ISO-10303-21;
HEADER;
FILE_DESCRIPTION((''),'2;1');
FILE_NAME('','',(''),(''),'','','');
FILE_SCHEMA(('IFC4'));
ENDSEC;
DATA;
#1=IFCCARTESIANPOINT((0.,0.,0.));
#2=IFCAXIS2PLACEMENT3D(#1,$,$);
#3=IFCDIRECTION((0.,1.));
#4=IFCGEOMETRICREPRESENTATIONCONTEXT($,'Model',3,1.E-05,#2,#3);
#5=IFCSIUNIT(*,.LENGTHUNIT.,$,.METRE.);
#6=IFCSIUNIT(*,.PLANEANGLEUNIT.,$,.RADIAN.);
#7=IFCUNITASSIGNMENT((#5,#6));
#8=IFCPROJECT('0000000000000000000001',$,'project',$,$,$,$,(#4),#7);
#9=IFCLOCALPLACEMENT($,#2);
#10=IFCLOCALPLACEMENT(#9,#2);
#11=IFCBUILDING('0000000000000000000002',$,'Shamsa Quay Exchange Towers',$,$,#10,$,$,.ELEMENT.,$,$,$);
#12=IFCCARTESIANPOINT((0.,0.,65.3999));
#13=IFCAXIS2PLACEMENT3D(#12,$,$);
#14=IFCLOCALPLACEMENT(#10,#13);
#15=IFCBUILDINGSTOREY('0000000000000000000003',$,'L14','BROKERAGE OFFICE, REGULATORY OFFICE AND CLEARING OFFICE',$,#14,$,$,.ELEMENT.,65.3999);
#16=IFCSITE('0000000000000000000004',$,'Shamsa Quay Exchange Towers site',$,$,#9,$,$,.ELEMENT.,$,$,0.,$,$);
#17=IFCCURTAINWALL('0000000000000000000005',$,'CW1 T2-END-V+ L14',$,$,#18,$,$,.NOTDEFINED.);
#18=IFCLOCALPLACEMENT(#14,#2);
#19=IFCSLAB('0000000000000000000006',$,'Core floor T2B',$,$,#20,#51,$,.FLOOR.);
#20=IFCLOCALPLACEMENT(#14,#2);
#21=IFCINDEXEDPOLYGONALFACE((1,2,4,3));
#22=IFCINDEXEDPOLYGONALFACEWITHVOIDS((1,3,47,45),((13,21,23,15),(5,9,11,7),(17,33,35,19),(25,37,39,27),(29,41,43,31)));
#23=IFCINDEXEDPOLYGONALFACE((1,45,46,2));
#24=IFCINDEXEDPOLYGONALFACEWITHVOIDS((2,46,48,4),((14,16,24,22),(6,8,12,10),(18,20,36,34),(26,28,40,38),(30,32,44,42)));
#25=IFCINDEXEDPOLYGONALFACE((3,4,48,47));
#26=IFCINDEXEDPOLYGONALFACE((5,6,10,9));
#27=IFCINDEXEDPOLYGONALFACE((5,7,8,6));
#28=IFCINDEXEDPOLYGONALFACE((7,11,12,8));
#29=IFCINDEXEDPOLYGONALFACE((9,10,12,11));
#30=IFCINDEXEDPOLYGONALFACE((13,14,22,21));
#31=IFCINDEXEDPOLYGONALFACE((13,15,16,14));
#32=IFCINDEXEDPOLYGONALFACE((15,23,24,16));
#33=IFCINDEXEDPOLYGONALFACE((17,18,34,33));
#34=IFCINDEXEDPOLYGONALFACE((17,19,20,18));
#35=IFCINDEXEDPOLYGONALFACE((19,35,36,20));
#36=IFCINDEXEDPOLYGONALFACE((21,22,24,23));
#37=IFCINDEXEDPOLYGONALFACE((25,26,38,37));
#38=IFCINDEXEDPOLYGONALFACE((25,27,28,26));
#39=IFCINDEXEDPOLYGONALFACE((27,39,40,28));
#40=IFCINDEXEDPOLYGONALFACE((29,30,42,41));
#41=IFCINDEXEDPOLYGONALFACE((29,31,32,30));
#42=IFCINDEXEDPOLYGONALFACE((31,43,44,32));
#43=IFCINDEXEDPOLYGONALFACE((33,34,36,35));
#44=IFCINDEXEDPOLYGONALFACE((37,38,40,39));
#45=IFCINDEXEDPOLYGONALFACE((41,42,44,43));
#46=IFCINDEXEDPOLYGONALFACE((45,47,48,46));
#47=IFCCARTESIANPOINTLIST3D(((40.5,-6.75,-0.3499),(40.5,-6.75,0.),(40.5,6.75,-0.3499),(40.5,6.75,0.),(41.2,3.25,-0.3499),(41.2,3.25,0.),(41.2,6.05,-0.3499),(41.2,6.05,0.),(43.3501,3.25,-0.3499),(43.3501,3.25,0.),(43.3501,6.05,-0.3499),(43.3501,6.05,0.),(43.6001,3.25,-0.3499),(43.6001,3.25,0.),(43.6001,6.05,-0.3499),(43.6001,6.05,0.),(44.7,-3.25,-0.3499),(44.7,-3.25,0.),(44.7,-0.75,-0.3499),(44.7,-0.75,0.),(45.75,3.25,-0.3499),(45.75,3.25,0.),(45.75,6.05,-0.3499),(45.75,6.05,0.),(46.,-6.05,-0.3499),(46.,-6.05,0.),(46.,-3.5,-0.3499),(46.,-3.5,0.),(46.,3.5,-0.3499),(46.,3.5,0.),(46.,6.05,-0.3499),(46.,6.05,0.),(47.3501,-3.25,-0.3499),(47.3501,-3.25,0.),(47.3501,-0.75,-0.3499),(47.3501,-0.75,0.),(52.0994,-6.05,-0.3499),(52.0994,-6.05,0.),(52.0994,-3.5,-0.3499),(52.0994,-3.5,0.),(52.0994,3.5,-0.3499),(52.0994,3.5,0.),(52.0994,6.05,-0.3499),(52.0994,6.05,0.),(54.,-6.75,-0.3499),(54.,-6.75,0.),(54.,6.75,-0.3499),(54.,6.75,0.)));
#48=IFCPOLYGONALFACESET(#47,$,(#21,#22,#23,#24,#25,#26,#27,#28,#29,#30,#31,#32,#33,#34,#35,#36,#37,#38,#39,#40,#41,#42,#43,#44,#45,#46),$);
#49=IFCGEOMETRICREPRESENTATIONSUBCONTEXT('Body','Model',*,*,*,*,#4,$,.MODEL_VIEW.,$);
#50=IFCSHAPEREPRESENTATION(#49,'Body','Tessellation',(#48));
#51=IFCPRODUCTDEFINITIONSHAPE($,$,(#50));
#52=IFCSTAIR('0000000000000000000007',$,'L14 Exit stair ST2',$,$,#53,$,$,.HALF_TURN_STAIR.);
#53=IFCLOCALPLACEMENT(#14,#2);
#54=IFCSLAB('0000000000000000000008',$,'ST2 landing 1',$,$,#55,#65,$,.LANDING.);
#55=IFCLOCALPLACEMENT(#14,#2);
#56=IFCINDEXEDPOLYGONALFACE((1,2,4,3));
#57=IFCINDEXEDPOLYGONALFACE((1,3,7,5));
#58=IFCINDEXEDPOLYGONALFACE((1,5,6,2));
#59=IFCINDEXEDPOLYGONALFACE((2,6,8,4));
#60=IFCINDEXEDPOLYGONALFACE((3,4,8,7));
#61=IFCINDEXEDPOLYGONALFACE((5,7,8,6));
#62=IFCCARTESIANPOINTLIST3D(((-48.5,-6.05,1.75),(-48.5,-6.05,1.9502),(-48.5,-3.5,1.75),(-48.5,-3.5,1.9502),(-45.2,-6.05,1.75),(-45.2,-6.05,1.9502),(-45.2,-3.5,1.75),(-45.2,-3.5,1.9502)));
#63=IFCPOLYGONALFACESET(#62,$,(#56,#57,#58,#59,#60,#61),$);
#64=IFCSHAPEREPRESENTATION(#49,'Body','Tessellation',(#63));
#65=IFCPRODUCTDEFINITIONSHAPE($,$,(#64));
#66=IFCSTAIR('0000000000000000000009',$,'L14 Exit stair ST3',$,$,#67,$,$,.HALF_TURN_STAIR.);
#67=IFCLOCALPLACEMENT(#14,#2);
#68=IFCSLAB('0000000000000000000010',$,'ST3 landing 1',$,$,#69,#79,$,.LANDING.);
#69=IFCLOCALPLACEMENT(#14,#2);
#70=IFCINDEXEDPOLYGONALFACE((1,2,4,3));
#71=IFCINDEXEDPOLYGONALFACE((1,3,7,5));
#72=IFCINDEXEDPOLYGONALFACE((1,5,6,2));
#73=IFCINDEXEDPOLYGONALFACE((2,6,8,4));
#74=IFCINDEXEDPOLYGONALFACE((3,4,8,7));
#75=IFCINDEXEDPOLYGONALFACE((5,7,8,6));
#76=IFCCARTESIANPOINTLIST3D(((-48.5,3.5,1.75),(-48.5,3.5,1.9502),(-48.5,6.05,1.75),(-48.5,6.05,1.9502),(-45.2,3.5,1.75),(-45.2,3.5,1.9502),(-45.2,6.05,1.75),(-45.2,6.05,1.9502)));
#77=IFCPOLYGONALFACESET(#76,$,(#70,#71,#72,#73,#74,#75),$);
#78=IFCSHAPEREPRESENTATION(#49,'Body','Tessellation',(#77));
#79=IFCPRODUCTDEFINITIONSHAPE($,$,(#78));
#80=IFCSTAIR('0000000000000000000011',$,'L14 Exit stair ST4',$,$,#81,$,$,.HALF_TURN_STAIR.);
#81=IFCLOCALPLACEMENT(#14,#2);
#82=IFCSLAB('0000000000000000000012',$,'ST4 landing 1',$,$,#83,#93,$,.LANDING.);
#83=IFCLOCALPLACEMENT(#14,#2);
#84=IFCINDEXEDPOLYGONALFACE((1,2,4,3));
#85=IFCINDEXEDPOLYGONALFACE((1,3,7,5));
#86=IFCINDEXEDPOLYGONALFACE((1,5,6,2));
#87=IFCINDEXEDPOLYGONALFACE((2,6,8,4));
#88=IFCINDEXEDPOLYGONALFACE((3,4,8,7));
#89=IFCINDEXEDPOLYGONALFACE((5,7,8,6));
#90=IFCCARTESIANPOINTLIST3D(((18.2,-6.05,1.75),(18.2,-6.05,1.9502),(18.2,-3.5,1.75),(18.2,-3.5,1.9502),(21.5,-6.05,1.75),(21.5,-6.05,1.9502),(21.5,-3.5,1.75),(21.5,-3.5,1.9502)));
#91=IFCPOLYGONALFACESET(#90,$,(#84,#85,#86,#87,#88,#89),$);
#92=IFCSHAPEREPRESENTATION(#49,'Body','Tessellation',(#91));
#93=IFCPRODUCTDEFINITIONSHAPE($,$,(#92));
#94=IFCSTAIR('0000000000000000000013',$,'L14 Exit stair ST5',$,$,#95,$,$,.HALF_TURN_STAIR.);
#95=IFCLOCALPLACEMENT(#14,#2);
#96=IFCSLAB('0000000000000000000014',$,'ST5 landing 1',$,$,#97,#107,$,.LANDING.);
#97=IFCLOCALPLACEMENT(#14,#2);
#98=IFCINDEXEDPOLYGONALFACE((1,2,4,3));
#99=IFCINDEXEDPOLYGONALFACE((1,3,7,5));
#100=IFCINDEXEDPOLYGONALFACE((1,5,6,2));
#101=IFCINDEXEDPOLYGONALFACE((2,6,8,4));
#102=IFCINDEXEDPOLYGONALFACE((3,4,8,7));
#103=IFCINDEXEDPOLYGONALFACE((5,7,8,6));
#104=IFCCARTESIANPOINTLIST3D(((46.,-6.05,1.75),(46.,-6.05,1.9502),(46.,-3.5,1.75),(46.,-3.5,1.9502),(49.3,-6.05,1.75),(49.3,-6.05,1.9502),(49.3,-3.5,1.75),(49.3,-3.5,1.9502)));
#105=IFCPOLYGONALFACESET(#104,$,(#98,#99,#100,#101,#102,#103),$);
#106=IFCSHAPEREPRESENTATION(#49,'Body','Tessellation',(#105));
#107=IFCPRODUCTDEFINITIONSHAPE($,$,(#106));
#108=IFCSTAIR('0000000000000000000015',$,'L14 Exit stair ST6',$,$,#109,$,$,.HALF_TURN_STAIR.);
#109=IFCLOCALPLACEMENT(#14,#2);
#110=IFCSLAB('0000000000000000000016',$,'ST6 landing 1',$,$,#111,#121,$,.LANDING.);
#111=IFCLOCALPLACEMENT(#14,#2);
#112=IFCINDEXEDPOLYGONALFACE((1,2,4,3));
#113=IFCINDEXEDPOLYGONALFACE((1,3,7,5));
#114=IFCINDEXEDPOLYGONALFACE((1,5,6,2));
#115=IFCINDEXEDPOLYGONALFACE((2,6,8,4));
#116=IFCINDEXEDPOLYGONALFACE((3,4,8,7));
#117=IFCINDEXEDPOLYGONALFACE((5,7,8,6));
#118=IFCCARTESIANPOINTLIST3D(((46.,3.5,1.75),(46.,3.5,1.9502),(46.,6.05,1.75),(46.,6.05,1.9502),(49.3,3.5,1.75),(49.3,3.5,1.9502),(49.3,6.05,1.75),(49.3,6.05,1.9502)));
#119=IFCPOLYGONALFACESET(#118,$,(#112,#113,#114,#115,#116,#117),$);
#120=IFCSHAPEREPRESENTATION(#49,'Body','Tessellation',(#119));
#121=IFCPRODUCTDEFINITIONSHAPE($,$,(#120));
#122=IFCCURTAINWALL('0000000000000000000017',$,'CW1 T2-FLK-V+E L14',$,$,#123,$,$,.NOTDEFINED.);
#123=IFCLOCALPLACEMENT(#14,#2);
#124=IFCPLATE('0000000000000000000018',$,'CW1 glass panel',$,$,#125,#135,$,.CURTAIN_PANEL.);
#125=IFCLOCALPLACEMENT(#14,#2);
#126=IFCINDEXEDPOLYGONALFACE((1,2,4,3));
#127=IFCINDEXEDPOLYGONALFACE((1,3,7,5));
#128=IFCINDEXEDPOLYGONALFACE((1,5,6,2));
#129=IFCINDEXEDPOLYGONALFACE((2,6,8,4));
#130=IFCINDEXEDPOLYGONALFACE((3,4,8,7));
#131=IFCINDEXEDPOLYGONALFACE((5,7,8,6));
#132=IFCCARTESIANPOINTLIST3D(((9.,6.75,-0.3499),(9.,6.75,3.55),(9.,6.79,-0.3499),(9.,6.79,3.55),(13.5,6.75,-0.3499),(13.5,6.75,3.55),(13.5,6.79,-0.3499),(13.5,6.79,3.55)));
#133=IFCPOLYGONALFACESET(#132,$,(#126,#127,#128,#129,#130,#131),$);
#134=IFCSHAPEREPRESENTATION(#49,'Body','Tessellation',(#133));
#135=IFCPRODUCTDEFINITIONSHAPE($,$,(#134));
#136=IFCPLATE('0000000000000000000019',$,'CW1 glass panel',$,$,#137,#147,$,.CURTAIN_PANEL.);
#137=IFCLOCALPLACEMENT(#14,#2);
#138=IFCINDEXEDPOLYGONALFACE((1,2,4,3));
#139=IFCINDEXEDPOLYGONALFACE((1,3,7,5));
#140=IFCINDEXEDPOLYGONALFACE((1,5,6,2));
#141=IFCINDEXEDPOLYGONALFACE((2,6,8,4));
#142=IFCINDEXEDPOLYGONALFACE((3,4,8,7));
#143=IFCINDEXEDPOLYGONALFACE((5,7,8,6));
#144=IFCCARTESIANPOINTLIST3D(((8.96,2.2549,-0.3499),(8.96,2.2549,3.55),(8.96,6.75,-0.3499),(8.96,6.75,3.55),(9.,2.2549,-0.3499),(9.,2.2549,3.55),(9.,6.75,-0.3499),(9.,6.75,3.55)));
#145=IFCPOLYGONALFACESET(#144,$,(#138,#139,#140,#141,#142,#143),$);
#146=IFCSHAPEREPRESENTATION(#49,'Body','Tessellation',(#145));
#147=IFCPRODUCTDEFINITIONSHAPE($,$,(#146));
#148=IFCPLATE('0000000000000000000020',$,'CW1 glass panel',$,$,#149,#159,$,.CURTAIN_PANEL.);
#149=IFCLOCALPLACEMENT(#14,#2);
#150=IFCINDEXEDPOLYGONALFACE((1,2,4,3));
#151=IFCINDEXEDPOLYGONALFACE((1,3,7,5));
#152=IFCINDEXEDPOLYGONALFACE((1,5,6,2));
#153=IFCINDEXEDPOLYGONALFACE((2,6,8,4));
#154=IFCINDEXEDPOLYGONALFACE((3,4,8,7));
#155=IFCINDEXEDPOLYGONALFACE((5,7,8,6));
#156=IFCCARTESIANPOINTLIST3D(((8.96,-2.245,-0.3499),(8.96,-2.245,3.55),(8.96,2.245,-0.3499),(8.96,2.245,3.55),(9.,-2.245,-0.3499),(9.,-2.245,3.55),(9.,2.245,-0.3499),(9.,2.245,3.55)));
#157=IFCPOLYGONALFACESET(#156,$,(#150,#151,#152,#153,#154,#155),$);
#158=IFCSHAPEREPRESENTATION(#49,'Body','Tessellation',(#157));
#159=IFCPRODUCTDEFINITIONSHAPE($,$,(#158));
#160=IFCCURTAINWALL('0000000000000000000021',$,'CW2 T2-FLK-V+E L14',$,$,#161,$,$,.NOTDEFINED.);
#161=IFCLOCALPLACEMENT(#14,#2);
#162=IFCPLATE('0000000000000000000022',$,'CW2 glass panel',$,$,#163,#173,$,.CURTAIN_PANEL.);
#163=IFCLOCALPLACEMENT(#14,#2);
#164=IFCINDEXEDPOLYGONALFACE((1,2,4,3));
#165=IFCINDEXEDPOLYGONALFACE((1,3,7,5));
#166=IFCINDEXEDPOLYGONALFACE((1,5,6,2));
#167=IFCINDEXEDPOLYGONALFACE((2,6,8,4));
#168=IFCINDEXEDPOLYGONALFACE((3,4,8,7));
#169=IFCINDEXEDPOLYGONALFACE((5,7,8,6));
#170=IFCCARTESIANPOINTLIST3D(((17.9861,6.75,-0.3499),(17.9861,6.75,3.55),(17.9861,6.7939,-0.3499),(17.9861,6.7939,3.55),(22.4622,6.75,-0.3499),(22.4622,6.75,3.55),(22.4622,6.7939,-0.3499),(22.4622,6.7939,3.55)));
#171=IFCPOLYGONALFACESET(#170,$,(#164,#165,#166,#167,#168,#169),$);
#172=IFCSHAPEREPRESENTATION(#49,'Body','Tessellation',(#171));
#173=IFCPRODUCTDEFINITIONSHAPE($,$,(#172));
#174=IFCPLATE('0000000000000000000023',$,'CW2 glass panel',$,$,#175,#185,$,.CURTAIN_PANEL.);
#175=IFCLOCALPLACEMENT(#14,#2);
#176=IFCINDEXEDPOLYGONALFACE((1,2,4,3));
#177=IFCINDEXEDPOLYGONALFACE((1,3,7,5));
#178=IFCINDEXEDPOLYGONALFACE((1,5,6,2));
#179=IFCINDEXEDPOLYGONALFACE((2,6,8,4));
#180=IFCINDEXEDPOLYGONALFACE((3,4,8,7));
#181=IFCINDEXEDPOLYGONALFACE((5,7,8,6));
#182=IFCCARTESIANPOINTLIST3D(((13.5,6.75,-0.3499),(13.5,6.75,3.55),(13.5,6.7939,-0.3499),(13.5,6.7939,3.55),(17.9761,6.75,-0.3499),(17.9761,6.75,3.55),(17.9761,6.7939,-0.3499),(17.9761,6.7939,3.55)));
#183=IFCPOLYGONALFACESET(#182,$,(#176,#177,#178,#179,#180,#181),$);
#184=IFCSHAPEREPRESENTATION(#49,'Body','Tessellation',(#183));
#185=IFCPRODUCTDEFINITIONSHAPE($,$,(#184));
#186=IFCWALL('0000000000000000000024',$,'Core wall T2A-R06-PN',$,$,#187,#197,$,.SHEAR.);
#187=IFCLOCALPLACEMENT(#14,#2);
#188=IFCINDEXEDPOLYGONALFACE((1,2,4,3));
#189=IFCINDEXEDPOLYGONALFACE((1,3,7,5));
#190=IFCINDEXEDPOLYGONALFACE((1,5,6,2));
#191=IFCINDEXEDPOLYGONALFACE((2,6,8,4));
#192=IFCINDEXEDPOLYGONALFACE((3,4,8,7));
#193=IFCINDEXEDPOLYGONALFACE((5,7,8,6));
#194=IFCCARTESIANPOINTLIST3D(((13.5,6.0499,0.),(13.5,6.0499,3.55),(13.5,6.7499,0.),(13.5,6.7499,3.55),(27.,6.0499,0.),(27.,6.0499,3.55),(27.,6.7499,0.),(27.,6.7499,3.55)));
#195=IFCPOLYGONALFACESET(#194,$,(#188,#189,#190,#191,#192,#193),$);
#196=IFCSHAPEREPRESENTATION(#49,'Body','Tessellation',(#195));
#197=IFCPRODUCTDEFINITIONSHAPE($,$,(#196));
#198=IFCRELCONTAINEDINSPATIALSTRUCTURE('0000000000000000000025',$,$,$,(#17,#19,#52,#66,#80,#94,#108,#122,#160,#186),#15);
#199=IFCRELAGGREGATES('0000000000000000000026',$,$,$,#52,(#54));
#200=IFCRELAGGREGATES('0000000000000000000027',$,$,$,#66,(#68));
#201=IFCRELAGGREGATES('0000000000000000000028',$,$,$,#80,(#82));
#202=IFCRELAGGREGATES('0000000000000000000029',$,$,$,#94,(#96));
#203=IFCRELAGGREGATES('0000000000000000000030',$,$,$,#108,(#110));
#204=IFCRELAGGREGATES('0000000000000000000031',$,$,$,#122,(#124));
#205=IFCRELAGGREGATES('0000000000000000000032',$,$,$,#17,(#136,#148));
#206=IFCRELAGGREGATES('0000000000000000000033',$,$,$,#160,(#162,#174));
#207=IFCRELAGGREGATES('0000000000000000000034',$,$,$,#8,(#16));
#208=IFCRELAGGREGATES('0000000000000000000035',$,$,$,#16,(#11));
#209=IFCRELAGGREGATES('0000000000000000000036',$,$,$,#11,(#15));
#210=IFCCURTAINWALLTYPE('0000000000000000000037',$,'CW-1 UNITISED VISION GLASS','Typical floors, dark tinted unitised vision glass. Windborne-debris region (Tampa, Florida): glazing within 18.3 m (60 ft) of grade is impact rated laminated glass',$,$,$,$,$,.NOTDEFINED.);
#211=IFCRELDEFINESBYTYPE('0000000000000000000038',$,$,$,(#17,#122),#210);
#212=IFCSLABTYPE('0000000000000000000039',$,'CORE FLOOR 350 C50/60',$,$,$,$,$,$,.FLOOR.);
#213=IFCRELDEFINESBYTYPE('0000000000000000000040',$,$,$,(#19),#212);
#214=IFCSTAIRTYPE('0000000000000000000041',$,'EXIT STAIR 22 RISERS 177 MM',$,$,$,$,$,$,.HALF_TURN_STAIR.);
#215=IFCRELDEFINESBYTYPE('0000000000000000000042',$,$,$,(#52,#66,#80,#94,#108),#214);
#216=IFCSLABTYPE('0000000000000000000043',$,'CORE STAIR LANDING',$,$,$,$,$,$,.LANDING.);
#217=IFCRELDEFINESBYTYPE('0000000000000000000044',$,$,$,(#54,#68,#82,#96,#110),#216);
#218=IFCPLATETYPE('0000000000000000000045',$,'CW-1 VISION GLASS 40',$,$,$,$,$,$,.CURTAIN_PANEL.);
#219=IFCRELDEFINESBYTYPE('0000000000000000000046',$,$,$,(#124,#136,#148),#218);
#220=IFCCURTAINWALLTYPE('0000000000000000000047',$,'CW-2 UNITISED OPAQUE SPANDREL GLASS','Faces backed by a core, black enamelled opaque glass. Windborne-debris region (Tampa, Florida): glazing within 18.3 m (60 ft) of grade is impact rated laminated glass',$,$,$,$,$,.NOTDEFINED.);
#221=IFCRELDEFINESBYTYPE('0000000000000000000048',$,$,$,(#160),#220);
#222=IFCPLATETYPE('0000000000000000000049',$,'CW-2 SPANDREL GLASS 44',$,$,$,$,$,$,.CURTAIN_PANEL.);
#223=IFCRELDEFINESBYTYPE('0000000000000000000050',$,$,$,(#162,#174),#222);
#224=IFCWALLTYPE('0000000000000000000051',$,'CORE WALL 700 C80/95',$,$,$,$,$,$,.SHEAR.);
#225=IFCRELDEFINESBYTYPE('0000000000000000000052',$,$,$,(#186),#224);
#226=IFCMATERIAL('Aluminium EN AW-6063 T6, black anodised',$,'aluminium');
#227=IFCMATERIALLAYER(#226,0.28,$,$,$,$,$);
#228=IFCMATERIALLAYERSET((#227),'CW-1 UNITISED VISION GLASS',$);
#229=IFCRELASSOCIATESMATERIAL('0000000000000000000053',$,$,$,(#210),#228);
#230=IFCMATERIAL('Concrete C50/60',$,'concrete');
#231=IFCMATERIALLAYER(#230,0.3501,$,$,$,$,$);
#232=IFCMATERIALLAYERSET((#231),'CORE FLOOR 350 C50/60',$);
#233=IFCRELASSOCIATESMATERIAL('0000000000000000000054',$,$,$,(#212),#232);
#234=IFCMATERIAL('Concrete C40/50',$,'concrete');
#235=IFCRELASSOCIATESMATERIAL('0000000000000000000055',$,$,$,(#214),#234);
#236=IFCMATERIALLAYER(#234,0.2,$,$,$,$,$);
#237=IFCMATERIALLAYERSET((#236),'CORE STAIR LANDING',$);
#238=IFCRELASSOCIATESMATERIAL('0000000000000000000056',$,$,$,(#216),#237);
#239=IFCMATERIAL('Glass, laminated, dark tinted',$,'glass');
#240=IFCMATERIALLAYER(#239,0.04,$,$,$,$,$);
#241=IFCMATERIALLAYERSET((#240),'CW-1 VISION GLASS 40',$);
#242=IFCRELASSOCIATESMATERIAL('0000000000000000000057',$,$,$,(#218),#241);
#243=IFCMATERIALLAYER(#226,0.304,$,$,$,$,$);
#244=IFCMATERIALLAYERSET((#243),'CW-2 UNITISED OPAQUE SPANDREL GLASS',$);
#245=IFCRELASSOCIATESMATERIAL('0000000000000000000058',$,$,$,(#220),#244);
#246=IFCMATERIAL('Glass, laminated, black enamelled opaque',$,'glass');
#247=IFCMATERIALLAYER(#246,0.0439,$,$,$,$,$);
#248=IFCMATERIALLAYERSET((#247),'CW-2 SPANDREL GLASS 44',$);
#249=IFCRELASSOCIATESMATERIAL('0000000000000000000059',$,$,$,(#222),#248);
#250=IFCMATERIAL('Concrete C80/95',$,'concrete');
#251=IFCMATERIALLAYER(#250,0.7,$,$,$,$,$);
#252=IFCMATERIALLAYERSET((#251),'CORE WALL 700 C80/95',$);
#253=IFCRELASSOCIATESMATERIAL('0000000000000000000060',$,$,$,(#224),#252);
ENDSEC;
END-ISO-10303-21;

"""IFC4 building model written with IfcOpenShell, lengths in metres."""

from ifc_helpers import new_model, si_unit, direction, frame, frame_2d, origin, origin_2d, place, context, subcontext, project, spatial, polyline, rectangle, outline, extrude, material, layer, layer_set, type_object, element, aggregate, save


model = new_model("IFC4")

# Units and contexts
model_context = context("Model", 3, precision=1e-05, world=origin(), true_north=direction((0.0, 1.0)))
body_context = subcontext(model_context, "Body", "Model", "MODEL_VIEW")
ifc_project = project(units=[si_unit("LENGTHUNIT", "METRE"), si_unit("PLANEANGLEUNIT", "RADIAN")], contexts=[model_context])

# Site, building, storey
site_placement = place(None, origin())
site = spatial("IfcSite", under=ifc_project, at=site_placement, Name="Shamsa Quay Exchange Towers site", CompositionType="ELEMENT", RefElevation=0.0)
building_placement = place(site_placement, origin())
building = spatial("IfcBuilding", under=site, at=building_placement, Name="Shamsa Quay Exchange Towers", CompositionType="ELEMENT")
storey_placement = place(building_placement, frame((0.0, 0.0, 65.3999)))
storey = spatial("IfcBuildingStorey", under=building, at=storey_placement, Name="L14", Description="BROKERAGE OFFICE, REGULATORY OFFICE AND CLEARING OFFICE", CompositionType="ELEMENT", Elevation=65.3999)

# Curtain wall
ifc_material_1 = material(Name="Aluminium EN AW-6063 T6, black anodised", Category="aluminium")
ifc_layer_1 = layer(ifc_material_1, 0.28)
ifc_layer_set_1 = layer_set([ifc_layer_1], Name="CW-1 UNITISED VISION GLASS")
curtain_wall_type_1 = type_object("IfcCurtainWallType", Name="CW-1 UNITISED VISION GLASS", Description="Typical floors, dark tinted unitised vision glass. Windborne-debris region (Tampa, Florida): glazing within 18.3 m (60 ft) of grade is impact rated laminated glass", PredefinedType="NOTDEFINED", material=ifc_layer_set_1)
curtain_wall_1_placement = place(storey_placement, origin())
curtain_wall_1 = element("IfcCurtainWall", 1, at=curtain_wall_1_placement, inside=storey, type_object=curtain_wall_type_1, Name="CW1 T2-END-V+ L14", PredefinedType="NOTDEFINED")

# Slab
ifc_material_2 = material(Name="Concrete C50/60", Category="concrete")
ifc_layer_2 = layer(ifc_material_2, 0.3501)
ifc_layer_set_2 = layer_set([ifc_layer_2], Name="CORE FLOOR 350 C50/60")
slab_type_1 = type_object("IfcSlabType", Name="CORE FLOOR 350 C50/60", PredefinedType="FLOOR", material=ifc_layer_set_2)
slab_1_placement = place(storey_placement, frame((0.0, 0.0, -0.3499)))
element("IfcSlab", 2, at=slab_1_placement, inside=storey, type_object=slab_type_1, Name="Core floor T2B", PredefinedType="FLOOR", context=body_context, shape_type="SweptSolid", body=[
    extrude(outline(polyline([(54.0, -6.75), (54.0, 6.75), (40.5, 6.75), (40.5, -6.75), (54.0, -6.75)]), holes=[polyline([(52.0994, -3.5), (52.0994, -6.05), (46.0, -6.05), (46.0, -3.5), (52.0994, -3.5)]), polyline([(52.0994, 6.05), (52.0994, 3.5), (46.0, 3.5), (46.0, 6.05), (52.0994, 6.05)]), polyline([(45.75, 3.25), (43.6001, 3.25), (43.6001, 6.05), (45.75, 6.05), (45.75, 3.25)]), polyline([(43.3501, 3.25), (41.2, 3.25), (41.2, 6.05), (43.3501, 6.05), (43.3501, 3.25)]), polyline([(47.3501, -3.25), (44.7, -3.25), (44.7, -0.75), (47.3501, -0.75), (47.3501, -3.25)])]), origin(), (0.0, 0.0, 1.0), 0.3499),
])

# Stairs, slabs
ifc_material_3 = material(Name="Concrete C40/50", Category="concrete")
stair_type = type_object("IfcStairType", Name="EXIT STAIR 22 RISERS 177 MM", PredefinedType="HALF_TURN_STAIR", material=ifc_material_3)
stair_1_placement = place(storey_placement, origin())
stair_1 = element("IfcStair", 3, at=stair_1_placement, inside=storey, type_object=stair_type, Name="L14 Exit stair ST2", PredefinedType="HALF_TURN_STAIR")
ifc_layer_3 = layer(ifc_material_3, 0.2)
ifc_layer_set_3 = layer_set([ifc_layer_3], Name="CORE STAIR LANDING")
slab_type_2 = type_object("IfcSlabType", Name="CORE STAIR LANDING", PredefinedType="LANDING", material=ifc_layer_set_3)
slab_2_placement = place(storey_placement, frame((0.0, 0.0, 1.75)))
slab_2 = element("IfcSlab", 4, at=slab_2_placement, type_object=slab_type_2, Name="ST2 landing 1", PredefinedType="LANDING", context=body_context, shape_type="SweptSolid", body=[
    extrude(outline(polyline([(-45.2, -3.5), (-48.5, -3.5), (-48.5, -6.05), (-45.2, -6.05), (-45.2, -3.5)])), origin(), (0.0, 0.0, 1.0), 0.2002),
])
aggregate(stair_1, [slab_2])
stair_2_placement = place(storey_placement, origin())
stair_2 = element("IfcStair", 5, at=stair_2_placement, inside=storey, type_object=stair_type, Name="L14 Exit stair ST3", PredefinedType="HALF_TURN_STAIR")
slab_3_placement = place(storey_placement, frame((0.0, 0.0, 1.75)))
slab_3 = element("IfcSlab", 6, at=slab_3_placement, type_object=slab_type_2, Name="ST3 landing 1", PredefinedType="LANDING", context=body_context, shape_type="SweptSolid", body=[
    extrude(outline(polyline([(-45.2, 6.05), (-48.5, 6.05), (-48.5, 3.5), (-45.2, 3.5), (-45.2, 6.05)])), origin(), (0.0, 0.0, 1.0), 0.2002),
])
aggregate(stair_2, [slab_3])
stair_3_placement = place(storey_placement, origin())
stair_3 = element("IfcStair", 7, at=stair_3_placement, inside=storey, type_object=stair_type, Name="L14 Exit stair ST4", PredefinedType="HALF_TURN_STAIR")
slab_4_placement = place(storey_placement, frame((0.0, 0.0, 1.75)))
slab_4 = element("IfcSlab", 8, at=slab_4_placement, type_object=slab_type_2, Name="ST4 landing 1", PredefinedType="LANDING", context=body_context, shape_type="SweptSolid", body=[
    extrude(outline(polyline([(18.2, -6.05), (21.5, -6.05), (21.5, -3.5), (18.2, -3.5), (18.2, -6.05)])), origin(), (0.0, 0.0, 1.0), 0.2002),
])
aggregate(stair_3, [slab_4])
stair_4_placement = place(storey_placement, origin())
stair_4 = element("IfcStair", 9, at=stair_4_placement, inside=storey, type_object=stair_type, Name="L14 Exit stair ST5", PredefinedType="HALF_TURN_STAIR")
slab_5_placement = place(storey_placement, frame((0.0, 0.0, 1.75)))
slab_5 = element("IfcSlab", 10, at=slab_5_placement, type_object=slab_type_2, Name="ST5 landing 1", PredefinedType="LANDING", context=body_context, shape_type="SweptSolid", body=[
    extrude(outline(polyline([(49.3, -3.5), (46.0, -3.5), (46.0, -6.05), (49.3, -6.05), (49.3, -3.5)])), origin(), (0.0, 0.0, 1.0), 0.2002),
])
aggregate(stair_4, [slab_5])
stair_5_placement = place(storey_placement, origin())
stair_5 = element("IfcStair", 11, at=stair_5_placement, inside=storey, type_object=stair_type, Name="L14 Exit stair ST6", PredefinedType="HALF_TURN_STAIR")
slab_6_placement = place(storey_placement, frame((0.0, 0.0, 1.75)))
slab_6 = element("IfcSlab", 12, at=slab_6_placement, type_object=slab_type_2, Name="ST6 landing 1", PredefinedType="LANDING", context=body_context, shape_type="SweptSolid", body=[
    extrude(outline(polyline([(49.3, 6.05), (46.0, 6.05), (46.0, 3.5), (49.3, 3.5), (49.3, 6.05)])), origin(), (0.0, 0.0, 1.0), 0.2002),
])
aggregate(stair_5, [slab_6])

# Curtain wall, plate
curtain_wall_2_placement = place(storey_placement, origin())
curtain_wall_2 = element("IfcCurtainWall", 13, at=curtain_wall_2_placement, inside=storey, type_object=curtain_wall_type_1, Name="CW1 T2-FLK-V+E L14", PredefinedType="NOTDEFINED")
ifc_material_4 = material(Name="Glass, laminated, dark tinted", Category="glass")
ifc_layer_4 = layer(ifc_material_4, 0.04)
ifc_layer_set_4 = layer_set([ifc_layer_4], Name="CW-1 VISION GLASS 40")
plate_type_1 = type_object("IfcPlateType", Name="CW-1 VISION GLASS 40", PredefinedType="CURTAIN_PANEL", material=ifc_layer_set_4)
plate_1_placement = place(storey_placement, frame((11.25, 6.77, -0.3499), z_axis=(0.0, 0.0, 1.0), x_axis=(-1.0, 0.0, 0.0)))
plate_1 = element("IfcPlate", 14, at=plate_1_placement, type_object=plate_type_1, Name="CW1 glass panel", PredefinedType="CURTAIN_PANEL", context=body_context, shape_type="SweptSolid", body=[
    extrude(rectangle(XDim=4.5, YDim=0.04, at=origin_2d()), origin(), (0.0, 0.0, 1.0), 3.8999),
])
aggregate(curtain_wall_2, [plate_1])

# Plates
plate_2_placement = place(storey_placement, frame((8.98, 4.5024, -0.3499), z_axis=(0.0, 0.0, 1.0), x_axis=(0.0, -1.0, 0.0)))
plate_2 = element("IfcPlate", 15, at=plate_2_placement, type_object=plate_type_1, Name="CW1 glass panel", PredefinedType="CURTAIN_PANEL", context=body_context, shape_type="SweptSolid", body=[
    extrude(rectangle(XDim=4.4951, YDim=0.04, at=origin_2d()), origin(), (0.0, 0.0, 1.0), 3.8999),
])
plate_3_placement = place(storey_placement, frame((8.98, 0.0, -0.3499), z_axis=(0.0, 0.0, 1.0), x_axis=(0.0, -1.0, 0.0)))
plate_3 = element("IfcPlate", 16, at=plate_3_placement, type_object=plate_type_1, Name="CW1 glass panel", PredefinedType="CURTAIN_PANEL", context=body_context, shape_type="SweptSolid", body=[
    extrude(rectangle(XDim=4.49, YDim=0.04, at=origin_2d()), origin(), (0.0, 0.0, 1.0), 3.8999),
])
aggregate(curtain_wall_1, [plate_2, plate_3])

# Curtain wall, plates
ifc_layer_5 = layer(ifc_material_1, 0.304)
ifc_layer_set_5 = layer_set([ifc_layer_5], Name="CW-2 UNITISED OPAQUE SPANDREL GLASS")
curtain_wall_type_2 = type_object("IfcCurtainWallType", Name="CW-2 UNITISED OPAQUE SPANDREL GLASS", Description="Faces backed by a core, black enamelled opaque glass. Windborne-debris region (Tampa, Florida): glazing within 18.3 m (60 ft) of grade is impact rated laminated glass", PredefinedType="NOTDEFINED", material=ifc_layer_set_5)
curtain_wall_3_placement = place(storey_placement, origin())
curtain_wall_3 = element("IfcCurtainWall", 17, at=curtain_wall_3_placement, inside=storey, type_object=curtain_wall_type_2, Name="CW2 T2-FLK-V+E L14", PredefinedType="NOTDEFINED")
ifc_material_5 = material(Name="Glass, laminated, black enamelled opaque", Category="glass")
ifc_layer_6 = layer(ifc_material_5, 0.0439)
ifc_layer_set_6 = layer_set([ifc_layer_6], Name="CW-2 SPANDREL GLASS 44")
plate_type_2 = type_object("IfcPlateType", Name="CW-2 SPANDREL GLASS 44", PredefinedType="CURTAIN_PANEL", material=ifc_layer_set_6)
plate_4_placement = place(storey_placement, frame((20.2241, 6.772, -0.3499), z_axis=(0.0, 0.0, 1.0), x_axis=(-1.0, 0.0, 0.0)))
plate_4 = element("IfcPlate", 18, at=plate_4_placement, type_object=plate_type_2, Name="CW2 glass panel", PredefinedType="CURTAIN_PANEL", context=body_context, shape_type="SweptSolid", body=[
    extrude(rectangle(XDim=4.4761, YDim=0.0439, at=origin_2d()), origin(), (0.0, 0.0, 1.0), 3.8999),
])
plate_5_placement = place(storey_placement, frame((15.738, 6.772, -0.3499), z_axis=(0.0, 0.0, 1.0), x_axis=(-1.0, 0.0, 0.0)))
plate_5 = element("IfcPlate", 19, at=plate_5_placement, type_object=plate_type_2, Name="CW2 glass panel", PredefinedType="CURTAIN_PANEL", context=body_context, shape_type="SweptSolid", body=[
    extrude(rectangle(XDim=4.4761, YDim=0.0439, at=origin_2d()), origin(), (0.0, 0.0, 1.0), 3.8999),
])
aggregate(curtain_wall_3, [plate_4, plate_5])

# Wall
ifc_material_6 = material(Name="Concrete C80/95", Category="concrete")
ifc_layer_7 = layer(ifc_material_6, 0.7)
ifc_layer_set_7 = layer_set([ifc_layer_7], Name="CORE WALL 700 C80/95")
wall_type_1 = type_object("IfcWallType", Name="CORE WALL 700 C80/95", PredefinedType="SHEAR", material=ifc_layer_set_7)
wall_1_placement = place(storey_placement, frame((13.5, 6.3999, 0.0)))
element("IfcWall", 20, at=wall_1_placement, inside=storey, type_object=wall_type_1, Name="Core wall T2A-R06-PN", PredefinedType="SHEAR", context=body_context, shape_type="SweptSolid", body=[
    extrude(rectangle(XDim=13.5, YDim=0.7, at=frame_2d((6.75, 0.0))), origin(), (0.0, 0.0, 1.0), 3.55),
])

save(model, "model.ifc")
